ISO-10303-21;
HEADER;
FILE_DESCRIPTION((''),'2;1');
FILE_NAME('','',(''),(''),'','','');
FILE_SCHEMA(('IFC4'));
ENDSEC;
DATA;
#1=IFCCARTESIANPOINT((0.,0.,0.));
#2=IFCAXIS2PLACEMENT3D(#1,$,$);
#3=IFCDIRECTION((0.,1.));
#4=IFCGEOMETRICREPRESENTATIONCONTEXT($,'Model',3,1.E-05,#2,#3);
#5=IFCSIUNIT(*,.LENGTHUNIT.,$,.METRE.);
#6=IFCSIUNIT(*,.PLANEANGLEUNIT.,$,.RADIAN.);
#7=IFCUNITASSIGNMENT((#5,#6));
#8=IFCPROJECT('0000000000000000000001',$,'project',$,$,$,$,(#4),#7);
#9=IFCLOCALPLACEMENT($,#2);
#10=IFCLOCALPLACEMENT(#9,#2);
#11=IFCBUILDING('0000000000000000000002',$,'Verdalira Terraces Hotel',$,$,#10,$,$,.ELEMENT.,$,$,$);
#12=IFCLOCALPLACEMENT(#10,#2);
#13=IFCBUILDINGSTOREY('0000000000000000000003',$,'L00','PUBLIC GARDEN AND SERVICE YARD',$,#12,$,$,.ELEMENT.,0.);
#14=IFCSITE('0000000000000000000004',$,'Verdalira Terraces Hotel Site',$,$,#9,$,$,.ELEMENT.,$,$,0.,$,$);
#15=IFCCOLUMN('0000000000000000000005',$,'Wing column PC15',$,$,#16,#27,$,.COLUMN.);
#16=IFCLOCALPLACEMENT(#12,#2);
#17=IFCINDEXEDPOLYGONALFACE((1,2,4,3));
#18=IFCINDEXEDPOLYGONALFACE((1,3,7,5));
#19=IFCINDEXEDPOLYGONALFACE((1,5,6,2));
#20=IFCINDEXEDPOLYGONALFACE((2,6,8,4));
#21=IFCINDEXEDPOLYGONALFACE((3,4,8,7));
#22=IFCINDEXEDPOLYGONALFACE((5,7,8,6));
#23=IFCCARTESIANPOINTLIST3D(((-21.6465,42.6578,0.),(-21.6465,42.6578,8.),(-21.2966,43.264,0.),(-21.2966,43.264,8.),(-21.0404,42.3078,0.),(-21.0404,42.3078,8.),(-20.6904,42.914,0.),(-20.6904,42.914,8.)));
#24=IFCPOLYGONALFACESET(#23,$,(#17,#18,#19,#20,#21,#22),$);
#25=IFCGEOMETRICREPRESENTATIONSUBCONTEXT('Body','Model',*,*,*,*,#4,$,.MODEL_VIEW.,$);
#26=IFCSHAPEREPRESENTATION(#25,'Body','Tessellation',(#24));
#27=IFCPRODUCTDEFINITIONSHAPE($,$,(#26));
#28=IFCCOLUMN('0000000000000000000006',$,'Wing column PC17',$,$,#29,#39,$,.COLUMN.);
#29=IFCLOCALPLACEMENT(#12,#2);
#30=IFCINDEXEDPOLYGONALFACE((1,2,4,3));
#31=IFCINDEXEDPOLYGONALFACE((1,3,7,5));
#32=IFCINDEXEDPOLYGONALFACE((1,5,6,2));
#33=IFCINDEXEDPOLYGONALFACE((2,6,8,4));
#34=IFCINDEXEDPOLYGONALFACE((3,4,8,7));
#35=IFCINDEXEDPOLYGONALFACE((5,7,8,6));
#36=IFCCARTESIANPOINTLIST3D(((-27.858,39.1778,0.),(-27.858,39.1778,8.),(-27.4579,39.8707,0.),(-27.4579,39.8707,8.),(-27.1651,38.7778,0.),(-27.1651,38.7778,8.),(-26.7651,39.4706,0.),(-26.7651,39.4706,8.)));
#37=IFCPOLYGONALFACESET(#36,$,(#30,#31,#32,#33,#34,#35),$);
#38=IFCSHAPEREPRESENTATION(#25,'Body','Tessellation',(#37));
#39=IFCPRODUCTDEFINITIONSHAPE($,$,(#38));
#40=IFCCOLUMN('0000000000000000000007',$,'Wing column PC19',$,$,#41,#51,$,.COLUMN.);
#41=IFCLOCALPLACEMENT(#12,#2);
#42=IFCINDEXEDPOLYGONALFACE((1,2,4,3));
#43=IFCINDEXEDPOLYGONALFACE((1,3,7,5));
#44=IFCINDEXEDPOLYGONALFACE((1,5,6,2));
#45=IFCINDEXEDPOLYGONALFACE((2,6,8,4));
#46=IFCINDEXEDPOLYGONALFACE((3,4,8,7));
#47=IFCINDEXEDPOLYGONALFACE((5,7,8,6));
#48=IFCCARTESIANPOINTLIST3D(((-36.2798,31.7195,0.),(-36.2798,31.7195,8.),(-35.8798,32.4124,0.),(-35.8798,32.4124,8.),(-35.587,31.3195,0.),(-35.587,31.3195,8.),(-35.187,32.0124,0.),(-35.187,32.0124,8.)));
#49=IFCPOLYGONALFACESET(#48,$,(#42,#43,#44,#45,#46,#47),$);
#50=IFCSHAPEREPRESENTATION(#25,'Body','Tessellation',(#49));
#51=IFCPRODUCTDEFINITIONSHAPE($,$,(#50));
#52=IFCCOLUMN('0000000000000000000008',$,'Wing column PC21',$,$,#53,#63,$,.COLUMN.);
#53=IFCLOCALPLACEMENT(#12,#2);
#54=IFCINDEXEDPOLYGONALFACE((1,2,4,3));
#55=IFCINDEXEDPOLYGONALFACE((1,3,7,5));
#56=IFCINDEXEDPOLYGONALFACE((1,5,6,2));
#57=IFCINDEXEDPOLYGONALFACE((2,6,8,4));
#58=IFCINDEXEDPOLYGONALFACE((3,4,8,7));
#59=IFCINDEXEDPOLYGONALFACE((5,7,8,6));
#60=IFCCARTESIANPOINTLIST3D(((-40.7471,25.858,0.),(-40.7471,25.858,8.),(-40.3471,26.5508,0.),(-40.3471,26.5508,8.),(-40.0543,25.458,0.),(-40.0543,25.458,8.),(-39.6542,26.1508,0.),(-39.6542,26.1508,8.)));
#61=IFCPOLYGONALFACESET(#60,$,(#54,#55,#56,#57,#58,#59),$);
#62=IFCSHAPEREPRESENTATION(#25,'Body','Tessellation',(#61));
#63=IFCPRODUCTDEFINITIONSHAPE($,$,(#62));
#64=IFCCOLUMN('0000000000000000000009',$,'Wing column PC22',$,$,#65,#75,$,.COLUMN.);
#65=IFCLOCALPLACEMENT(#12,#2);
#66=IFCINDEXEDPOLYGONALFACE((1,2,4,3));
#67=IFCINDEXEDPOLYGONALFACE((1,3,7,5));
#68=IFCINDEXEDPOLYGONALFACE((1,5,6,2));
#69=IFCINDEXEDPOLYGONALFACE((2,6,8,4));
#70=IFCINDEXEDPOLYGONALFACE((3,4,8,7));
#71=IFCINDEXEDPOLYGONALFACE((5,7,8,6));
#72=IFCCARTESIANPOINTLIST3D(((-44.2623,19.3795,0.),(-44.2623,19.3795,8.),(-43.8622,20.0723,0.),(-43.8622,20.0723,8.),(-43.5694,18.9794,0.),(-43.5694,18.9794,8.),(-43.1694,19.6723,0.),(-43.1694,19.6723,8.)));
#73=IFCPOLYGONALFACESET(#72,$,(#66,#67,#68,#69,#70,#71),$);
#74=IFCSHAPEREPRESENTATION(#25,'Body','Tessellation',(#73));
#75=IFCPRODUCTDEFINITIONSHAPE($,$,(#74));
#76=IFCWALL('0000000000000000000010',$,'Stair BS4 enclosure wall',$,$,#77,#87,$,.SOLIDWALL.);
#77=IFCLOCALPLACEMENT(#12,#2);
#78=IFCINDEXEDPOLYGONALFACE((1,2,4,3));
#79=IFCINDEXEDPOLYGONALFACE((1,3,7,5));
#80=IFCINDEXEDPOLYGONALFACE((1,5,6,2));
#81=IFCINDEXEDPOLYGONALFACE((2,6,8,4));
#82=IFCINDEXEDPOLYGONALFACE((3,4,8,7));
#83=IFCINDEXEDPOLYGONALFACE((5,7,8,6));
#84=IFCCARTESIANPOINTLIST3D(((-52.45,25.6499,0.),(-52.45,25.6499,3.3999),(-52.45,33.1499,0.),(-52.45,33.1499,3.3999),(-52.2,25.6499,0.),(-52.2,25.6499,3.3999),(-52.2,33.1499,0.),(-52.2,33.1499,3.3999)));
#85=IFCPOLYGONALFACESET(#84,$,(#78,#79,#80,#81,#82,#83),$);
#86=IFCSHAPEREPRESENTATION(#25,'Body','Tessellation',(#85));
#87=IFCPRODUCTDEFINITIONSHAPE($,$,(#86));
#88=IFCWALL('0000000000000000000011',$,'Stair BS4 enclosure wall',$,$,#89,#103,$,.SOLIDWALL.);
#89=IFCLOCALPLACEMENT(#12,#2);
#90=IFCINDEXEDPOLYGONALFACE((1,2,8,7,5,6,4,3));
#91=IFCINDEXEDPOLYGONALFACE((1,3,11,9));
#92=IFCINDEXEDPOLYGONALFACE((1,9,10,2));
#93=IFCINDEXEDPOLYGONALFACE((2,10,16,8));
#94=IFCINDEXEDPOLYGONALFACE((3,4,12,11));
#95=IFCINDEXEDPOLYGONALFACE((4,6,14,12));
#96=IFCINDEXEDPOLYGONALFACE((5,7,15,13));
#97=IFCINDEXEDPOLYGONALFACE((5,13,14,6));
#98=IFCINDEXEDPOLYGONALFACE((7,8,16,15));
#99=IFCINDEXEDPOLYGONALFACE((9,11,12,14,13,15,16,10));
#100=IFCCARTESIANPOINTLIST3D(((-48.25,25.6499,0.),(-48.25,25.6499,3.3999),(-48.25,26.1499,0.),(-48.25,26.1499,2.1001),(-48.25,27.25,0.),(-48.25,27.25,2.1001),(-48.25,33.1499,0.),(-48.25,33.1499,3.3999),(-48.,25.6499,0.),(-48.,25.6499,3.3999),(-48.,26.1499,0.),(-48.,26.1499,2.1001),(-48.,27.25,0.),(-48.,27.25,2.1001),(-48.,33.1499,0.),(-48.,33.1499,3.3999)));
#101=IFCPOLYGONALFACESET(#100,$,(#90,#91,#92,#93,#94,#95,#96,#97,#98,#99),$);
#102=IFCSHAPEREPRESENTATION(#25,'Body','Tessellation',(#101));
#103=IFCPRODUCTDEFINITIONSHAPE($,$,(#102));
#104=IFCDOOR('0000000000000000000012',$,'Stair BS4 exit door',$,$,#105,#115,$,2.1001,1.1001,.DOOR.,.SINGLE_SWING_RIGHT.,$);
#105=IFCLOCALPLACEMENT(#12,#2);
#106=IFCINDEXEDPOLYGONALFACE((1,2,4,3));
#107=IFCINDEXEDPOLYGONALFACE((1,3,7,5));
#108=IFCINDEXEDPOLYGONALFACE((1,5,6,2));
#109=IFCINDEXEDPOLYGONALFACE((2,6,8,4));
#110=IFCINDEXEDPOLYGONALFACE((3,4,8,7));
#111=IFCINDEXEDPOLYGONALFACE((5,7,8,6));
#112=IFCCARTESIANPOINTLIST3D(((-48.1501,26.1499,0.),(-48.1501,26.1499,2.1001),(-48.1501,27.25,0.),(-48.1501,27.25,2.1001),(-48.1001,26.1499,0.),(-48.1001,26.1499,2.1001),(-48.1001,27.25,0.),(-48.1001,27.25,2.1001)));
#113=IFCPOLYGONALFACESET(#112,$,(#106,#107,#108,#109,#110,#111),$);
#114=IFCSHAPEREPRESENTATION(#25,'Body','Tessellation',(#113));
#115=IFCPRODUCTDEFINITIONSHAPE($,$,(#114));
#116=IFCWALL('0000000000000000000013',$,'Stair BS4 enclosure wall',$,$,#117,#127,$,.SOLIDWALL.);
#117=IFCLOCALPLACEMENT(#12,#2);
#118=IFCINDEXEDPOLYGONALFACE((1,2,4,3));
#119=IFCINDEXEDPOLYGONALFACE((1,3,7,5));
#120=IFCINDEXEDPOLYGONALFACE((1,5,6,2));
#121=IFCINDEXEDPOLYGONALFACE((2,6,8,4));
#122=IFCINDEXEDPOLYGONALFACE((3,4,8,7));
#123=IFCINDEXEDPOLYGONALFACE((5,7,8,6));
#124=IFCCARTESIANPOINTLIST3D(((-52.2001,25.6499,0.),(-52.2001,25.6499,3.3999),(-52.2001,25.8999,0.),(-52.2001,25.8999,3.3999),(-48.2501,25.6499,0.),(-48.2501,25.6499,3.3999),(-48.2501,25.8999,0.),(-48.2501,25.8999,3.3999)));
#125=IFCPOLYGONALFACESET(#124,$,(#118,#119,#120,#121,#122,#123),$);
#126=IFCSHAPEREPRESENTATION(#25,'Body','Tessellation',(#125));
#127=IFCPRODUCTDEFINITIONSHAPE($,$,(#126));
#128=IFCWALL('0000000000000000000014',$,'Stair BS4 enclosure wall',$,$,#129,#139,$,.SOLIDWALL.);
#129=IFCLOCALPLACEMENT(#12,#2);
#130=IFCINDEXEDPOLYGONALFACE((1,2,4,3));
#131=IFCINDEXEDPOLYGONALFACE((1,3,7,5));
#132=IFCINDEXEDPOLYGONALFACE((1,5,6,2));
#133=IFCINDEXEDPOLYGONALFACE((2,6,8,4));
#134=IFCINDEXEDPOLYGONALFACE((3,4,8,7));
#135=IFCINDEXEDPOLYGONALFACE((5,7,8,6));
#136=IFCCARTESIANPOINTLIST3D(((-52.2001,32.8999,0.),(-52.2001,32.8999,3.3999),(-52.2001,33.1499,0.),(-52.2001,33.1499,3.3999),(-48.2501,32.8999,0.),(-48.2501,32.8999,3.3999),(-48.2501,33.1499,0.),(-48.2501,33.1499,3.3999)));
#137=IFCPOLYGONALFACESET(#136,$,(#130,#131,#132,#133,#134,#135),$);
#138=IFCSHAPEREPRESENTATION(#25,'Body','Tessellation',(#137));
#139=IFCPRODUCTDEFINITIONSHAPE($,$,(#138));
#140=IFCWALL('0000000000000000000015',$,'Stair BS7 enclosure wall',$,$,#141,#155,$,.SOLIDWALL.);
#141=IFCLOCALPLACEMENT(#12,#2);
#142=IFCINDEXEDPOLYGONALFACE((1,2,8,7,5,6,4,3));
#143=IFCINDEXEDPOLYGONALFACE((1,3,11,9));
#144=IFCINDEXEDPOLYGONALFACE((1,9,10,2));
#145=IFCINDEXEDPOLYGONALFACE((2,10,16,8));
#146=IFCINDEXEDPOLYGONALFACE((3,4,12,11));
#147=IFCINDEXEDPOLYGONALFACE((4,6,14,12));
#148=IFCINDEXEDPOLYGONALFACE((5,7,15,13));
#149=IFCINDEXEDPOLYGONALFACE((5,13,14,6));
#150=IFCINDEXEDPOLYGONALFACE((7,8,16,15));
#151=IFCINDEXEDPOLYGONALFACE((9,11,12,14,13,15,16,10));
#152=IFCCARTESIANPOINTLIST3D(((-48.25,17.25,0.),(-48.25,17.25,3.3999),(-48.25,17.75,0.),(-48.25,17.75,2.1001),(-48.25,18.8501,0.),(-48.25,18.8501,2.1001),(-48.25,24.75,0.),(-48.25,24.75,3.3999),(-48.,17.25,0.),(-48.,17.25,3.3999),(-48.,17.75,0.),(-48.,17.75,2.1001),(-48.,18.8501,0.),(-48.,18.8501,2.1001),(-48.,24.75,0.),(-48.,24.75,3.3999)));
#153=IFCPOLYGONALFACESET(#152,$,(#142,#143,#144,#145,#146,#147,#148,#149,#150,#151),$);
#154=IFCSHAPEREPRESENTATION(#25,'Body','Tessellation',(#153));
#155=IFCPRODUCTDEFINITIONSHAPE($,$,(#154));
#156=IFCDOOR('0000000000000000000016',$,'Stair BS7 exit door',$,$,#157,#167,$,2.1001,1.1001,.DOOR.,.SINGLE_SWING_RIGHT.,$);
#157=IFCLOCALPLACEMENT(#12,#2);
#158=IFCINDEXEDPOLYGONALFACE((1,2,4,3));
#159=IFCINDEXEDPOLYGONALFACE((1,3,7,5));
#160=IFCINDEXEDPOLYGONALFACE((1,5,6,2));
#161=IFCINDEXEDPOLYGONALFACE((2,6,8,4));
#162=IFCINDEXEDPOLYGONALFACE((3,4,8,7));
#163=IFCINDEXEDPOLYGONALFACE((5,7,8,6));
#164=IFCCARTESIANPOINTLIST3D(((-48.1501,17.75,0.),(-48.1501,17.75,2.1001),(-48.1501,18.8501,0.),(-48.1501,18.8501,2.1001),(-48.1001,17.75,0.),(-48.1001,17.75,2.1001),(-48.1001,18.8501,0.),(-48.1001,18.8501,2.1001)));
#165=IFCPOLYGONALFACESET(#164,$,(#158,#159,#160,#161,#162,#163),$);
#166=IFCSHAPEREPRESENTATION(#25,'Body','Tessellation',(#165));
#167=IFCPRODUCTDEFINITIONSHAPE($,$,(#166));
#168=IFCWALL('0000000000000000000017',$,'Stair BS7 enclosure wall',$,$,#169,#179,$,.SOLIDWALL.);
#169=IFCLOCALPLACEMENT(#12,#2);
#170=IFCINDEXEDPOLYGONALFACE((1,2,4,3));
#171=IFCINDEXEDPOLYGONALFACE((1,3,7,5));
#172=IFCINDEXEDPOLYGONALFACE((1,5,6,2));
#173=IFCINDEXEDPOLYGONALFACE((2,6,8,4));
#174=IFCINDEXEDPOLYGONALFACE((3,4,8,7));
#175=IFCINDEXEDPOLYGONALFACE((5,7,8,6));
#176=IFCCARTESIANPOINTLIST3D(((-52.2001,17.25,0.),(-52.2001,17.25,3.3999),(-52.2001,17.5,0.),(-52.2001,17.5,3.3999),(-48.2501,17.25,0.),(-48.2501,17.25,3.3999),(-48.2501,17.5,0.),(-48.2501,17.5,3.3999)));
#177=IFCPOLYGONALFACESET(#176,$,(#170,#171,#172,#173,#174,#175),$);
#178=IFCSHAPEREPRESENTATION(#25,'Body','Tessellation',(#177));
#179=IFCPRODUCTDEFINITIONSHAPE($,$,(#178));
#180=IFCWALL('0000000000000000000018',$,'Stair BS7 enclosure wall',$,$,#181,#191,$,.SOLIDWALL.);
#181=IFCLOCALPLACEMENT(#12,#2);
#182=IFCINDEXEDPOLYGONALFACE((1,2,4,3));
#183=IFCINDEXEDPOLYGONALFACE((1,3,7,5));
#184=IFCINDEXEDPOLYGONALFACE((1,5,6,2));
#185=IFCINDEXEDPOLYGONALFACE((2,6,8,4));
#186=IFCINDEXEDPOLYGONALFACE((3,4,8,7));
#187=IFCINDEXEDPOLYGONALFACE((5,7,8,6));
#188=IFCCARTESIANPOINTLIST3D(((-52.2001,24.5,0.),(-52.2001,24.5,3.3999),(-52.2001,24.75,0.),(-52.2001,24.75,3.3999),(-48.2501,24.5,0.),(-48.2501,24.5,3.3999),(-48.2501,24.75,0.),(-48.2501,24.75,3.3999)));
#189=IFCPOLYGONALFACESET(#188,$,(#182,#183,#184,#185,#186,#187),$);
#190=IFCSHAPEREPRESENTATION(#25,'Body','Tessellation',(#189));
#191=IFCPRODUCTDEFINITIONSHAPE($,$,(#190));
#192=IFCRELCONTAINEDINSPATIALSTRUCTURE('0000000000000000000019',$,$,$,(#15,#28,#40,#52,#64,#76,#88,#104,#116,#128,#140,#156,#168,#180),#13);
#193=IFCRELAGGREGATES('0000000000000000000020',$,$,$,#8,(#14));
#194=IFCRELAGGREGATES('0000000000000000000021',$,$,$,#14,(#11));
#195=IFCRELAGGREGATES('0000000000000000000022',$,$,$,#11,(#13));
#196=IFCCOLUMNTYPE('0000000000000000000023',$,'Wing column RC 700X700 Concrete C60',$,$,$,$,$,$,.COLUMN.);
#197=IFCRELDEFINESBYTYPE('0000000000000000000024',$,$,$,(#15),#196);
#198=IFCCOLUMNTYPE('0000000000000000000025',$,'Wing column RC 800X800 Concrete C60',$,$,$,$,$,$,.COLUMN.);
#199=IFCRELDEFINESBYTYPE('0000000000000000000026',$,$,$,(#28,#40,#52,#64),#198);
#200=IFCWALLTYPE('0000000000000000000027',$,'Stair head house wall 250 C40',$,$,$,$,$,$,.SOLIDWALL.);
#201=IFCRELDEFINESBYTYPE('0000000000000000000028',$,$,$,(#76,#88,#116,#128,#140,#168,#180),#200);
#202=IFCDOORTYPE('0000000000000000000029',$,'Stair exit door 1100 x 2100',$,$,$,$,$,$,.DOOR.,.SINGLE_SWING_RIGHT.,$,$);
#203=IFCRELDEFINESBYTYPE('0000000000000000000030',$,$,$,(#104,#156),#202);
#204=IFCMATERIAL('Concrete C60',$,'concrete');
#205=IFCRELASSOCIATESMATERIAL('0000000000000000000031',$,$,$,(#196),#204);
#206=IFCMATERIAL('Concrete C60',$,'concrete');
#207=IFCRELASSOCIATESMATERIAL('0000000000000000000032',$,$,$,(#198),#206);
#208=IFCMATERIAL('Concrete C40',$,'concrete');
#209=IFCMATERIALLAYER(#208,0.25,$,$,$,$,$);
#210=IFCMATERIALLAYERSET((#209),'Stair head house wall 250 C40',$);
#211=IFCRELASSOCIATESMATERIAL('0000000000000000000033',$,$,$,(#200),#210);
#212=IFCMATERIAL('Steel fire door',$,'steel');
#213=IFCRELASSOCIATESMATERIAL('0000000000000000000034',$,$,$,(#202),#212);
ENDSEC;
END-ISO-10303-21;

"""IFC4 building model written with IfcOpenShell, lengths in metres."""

from ifc_helpers import new_model, si_unit, direction, frame, frame_2d, origin, origin_2d, place, context, subcontext, project, spatial, rectangle, extrude, material, layer, layer_set, material_profile, profile_set, type_object, element, fill, save


model = new_model("IFC4")

# Units and contexts
model_context = context("Model", 3, precision=1e-05, world=origin(), true_north=direction((0.0, 1.0)))
body_context = subcontext(model_context, "Body", "Model", "MODEL_VIEW")
ifc_project = project(units=[si_unit("LENGTHUNIT", "METRE"), si_unit("PLANEANGLEUNIT", "RADIAN")], contexts=[model_context])

# Site, building, storey
site_placement = place(None, origin())
site = spatial("IfcSite", under=ifc_project, at=site_placement, Name="Verdalira Terraces Hotel Site", CompositionType="ELEMENT", RefElevation=0.0)
building_placement = place(site_placement, origin())
building = spatial("IfcBuilding", under=site, at=building_placement, Name="Verdalira Terraces Hotel", CompositionType="ELEMENT")
storey_placement = place(building_placement, origin())
storey = spatial("IfcBuildingStorey", under=building, at=storey_placement, Name="L00", Description="PUBLIC GARDEN AND SERVICE YARD", CompositionType="ELEMENT", Elevation=0.0)

# Columns
ifc_material_1 = material(Name="Concrete C60", Category="concrete")
ifc_material_profile_1 = material_profile(ifc_material_1, rectangle(XDim=0.7, YDim=0.7, at=origin_2d()), Name="RC 700X700")
ifc_profile_set_1 = profile_set([ifc_material_profile_1], Name="Concrete C60")
column_type_1 = type_object("IfcColumnType", Name="Wing column RC 700X700 Concrete C60", PredefinedType="COLUMN", material=ifc_profile_set_1)
column_placement = place(storey_placement, frame((-21.1685, 42.7859, 0.0), z_axis=(0.0, 0.0, 1.0), x_axis=(-0.866025, 0.5, 0.0)))
element("IfcColumn", 1, at=column_placement, inside=storey, type_object=column_type_1, Name="Wing column PC15", PredefinedType="COLUMN", context=body_context, shape_type="SweptSolid", body=[
    extrude(rectangle(XDim=0.7, YDim=0.7, at=origin_2d()), origin(), (0.0, 0.0, 1.0), 8.0),
])
ifc_material_2 = material(Name="Concrete C60", Category="concrete")
ifc_material_profile_2 = material_profile(ifc_material_2, rectangle(XDim=0.8, YDim=0.8, at=origin_2d()), Name="RC 800X800")
ifc_profile_set_2 = profile_set([ifc_material_profile_2], Name="Concrete C60")
column_type_2 = type_object("IfcColumnType", Name="Wing column RC 800X800 Concrete C60", PredefinedType="COLUMN", material=ifc_profile_set_2)
for number, where, z_axis, x_axis, name in (
    (2, (-27.3115, 39.3242, 0.0), (0.0, 0.0, 1.0), (-0.866025, 0.5, 0.0), "Wing column PC17"),
    (3, (-35.7334, 31.866, 0.0), (0.0, 0.0, 1.0), (-0.866025, 0.5, 0.0), "Wing column PC19"),
    (4, (-40.2007, 26.0044, 0.0), (0.0, 0.0, 1.0), (-0.866025, 0.5, 0.0), "Wing column PC21"),
    (5, (-43.7158, 19.5259, 0.0), (0.0, 0.0, 1.0), (-0.866025, 0.5, 0.0), "Wing column PC22"),
):
    element("IfcColumn", number, at=place(storey_placement, frame(where, z_axis=z_axis, x_axis=x_axis)), inside=storey, type_object=column_type_2, Name=name, PredefinedType="COLUMN", context=body_context, shape_type="SweptSolid", body=[
        extrude(rectangle(XDim=0.8, YDim=0.8, at=origin_2d()), origin(), (0.0, 0.0, 1.0), 8.0),
    ])

# Wall
ifc_material_3 = material(Name="Concrete C40", Category="concrete")
ifc_layer_1 = layer(ifc_material_3, 0.25)
ifc_layer_set_1 = layer_set([ifc_layer_1], Name="Stair head house wall 250 C40")
wall_type_1 = type_object("IfcWallType", Name="Stair head house wall 250 C40", PredefinedType="SOLIDWALL", material=ifc_layer_set_1)
wall_1_placement = place(storey_placement, frame((-52.325, 25.6499, 0.0), z_axis=(0.0, 0.0, 1.0), x_axis=(0.0, 1.0, 0.0)))
element("IfcWall", 6, at=wall_1_placement, inside=storey, type_object=wall_type_1, Name="Stair BS4 enclosure wall", PredefinedType="SOLIDWALL", context=body_context, shape_type="SweptSolid", body=[
    extrude(rectangle(XDim=7.5, YDim=0.25, at=frame_2d((3.75, 0.0))), origin(), (0.0, 0.0, 1.0), 3.3999),
])

# Wall, opening, door
wall_2_placement = place(storey_placement, frame((-48.125, 33.1499, 0.0), z_axis=(0.0, 0.0, 1.0), x_axis=(0.0, -1.0, 0.0)))
wall_2 = element("IfcWall", 7, at=wall_2_placement, inside=storey, type_object=wall_type_1, Name="Stair BS4 enclosure wall", PredefinedType="SOLIDWALL", context=body_context, shape_type="SweptSolid", body=[
    extrude(rectangle(XDim=7.5, YDim=0.25, at=frame_2d((3.75, 0.0))), origin(), (0.0, 0.0, 1.0), 3.3999),
])
opening_1_placement = place(wall_2_placement, frame((5.8999, 0.0, 0.0)))
opening_1 = element("IfcOpeningElement", 8, at=opening_1_placement, cuts=wall_2, PredefinedType="OPENING", context=body_context, shape_type="SweptSolid", body=[
    extrude(rectangle(XDim=1.1001, YDim=2.1001, at=frame_2d((0.55, 1.05))), frame((0.0, 0.135, 0.0), z_axis=(0.0, -1.0, 0.0), x_axis=(1.0, 0.0, 0.0)), (0.0, 0.0, 1.0), 0.27),
])
ifc_material_4 = material(Name="Steel fire door", Category="steel")
door_type_1 = type_object("IfcDoorType", Name="Stair exit door 1100 x 2100", OperationType="SINGLE_SWING_RIGHT", PredefinedType="DOOR", material=ifc_material_4)
door_1_placement = place(opening_1_placement, origin())
door_1 = element("IfcDoor", 9, at=door_1_placement, inside=storey, type_object=door_type_1, Name="Stair BS4 exit door", OperationType="SINGLE_SWING_RIGHT", OverallHeight=2.1001, OverallWidth=1.1001, PredefinedType="DOOR", context=body_context, shape_type="SweptSolid", body=[
    extrude(rectangle(XDim=1.1001, YDim=2.1001, at=frame_2d((0.55, 1.05))), frame((0.0, 0.0249, 0.0), z_axis=(0.0, -1.0, 0.0), x_axis=(1.0, 0.0, 0.0)), (0.0, 0.0, 1.0), 0.05),
])
fill(opening_1, door_1)

# Walls
for number, where, z_axis, x_axis, name in (
    (10, (-48.25, 25.7749, 0.0), (0.0, 0.0, 1.0), (-1.0, 0.0, 0.0), "Stair BS4 enclosure wall"),
    (11, (-48.25, 33.0249, 0.0), (0.0, 0.0, 1.0), (-1.0, 0.0, 0.0), "Stair BS4 enclosure wall"),
):
    element("IfcWall", number, at=place(storey_placement, frame(where, z_axis=z_axis, x_axis=x_axis)), inside=storey, type_object=wall_type_1, Name=name, PredefinedType="SOLIDWALL", context=body_context, shape_type="SweptSolid", body=[
        extrude(rectangle(XDim=3.95, YDim=0.25, at=frame_2d((1.9751, 0.0))), origin(), (0.0, 0.0, 1.0), 3.3999),
    ])

# Wall, opening, door
wall_3_placement = place(storey_placement, frame((-48.125, 24.75, 0.0), z_axis=(0.0, 0.0, 1.0), x_axis=(0.0, -1.0, 0.0)))
wall_3 = element("IfcWall", 12, at=wall_3_placement, inside=storey, type_object=wall_type_1, Name="Stair BS7 enclosure wall", PredefinedType="SOLIDWALL", context=body_context, shape_type="SweptSolid", body=[
    extrude(rectangle(XDim=7.5, YDim=0.25, at=frame_2d((3.75, 0.0))), origin(), (0.0, 0.0, 1.0), 3.3999),
])
opening_2_placement = place(wall_3_placement, frame((5.8999, 0.0, 0.0)))
opening_2 = element("IfcOpeningElement", 13, at=opening_2_placement, cuts=wall_3, PredefinedType="OPENING", context=body_context, shape_type="SweptSolid", body=[
    extrude(rectangle(XDim=1.1001, YDim=2.1001, at=frame_2d((0.55, 1.05))), frame((0.0, 0.135, 0.0), z_axis=(0.0, -1.0, 0.0), x_axis=(1.0, 0.0, 0.0)), (0.0, 0.0, 1.0), 0.27),
])
door_2_placement = place(opening_2_placement, origin())
door_2 = element("IfcDoor", 14, at=door_2_placement, inside=storey, type_object=door_type_1, Name="Stair BS7 exit door", OperationType="SINGLE_SWING_RIGHT", OverallHeight=2.1001, OverallWidth=1.1001, PredefinedType="DOOR", context=body_context, shape_type="SweptSolid", body=[
    extrude(rectangle(XDim=1.1001, YDim=2.1001, at=frame_2d((0.55, 1.05))), frame((0.0, 0.0249, 0.0), z_axis=(0.0, -1.0, 0.0), x_axis=(1.0, 0.0, 0.0)), (0.0, 0.0, 1.0), 0.05),
])
fill(opening_2, door_2)

# Walls
for number, where, z_axis, x_axis, name in (
    (15, (-48.25, 17.375, 0.0), (0.0, 0.0, 1.0), (-1.0, 0.0, 0.0), "Stair BS7 enclosure wall"),
    (16, (-48.25, 24.625, 0.0), (0.0, 0.0, 1.0), (-1.0, 0.0, 0.0), "Stair BS7 enclosure wall"),
):
    element("IfcWall", number, at=place(storey_placement, frame(where, z_axis=z_axis, x_axis=x_axis)), inside=storey, type_object=wall_type_1, Name=name, PredefinedType="SOLIDWALL", context=body_context, shape_type="SweptSolid", body=[
        extrude(rectangle(XDim=3.95, YDim=0.25, at=frame_2d((1.9751, 0.0))), origin(), (0.0, 0.0, 1.0), 3.3999),
    ])

save(model, "model.ifc")
